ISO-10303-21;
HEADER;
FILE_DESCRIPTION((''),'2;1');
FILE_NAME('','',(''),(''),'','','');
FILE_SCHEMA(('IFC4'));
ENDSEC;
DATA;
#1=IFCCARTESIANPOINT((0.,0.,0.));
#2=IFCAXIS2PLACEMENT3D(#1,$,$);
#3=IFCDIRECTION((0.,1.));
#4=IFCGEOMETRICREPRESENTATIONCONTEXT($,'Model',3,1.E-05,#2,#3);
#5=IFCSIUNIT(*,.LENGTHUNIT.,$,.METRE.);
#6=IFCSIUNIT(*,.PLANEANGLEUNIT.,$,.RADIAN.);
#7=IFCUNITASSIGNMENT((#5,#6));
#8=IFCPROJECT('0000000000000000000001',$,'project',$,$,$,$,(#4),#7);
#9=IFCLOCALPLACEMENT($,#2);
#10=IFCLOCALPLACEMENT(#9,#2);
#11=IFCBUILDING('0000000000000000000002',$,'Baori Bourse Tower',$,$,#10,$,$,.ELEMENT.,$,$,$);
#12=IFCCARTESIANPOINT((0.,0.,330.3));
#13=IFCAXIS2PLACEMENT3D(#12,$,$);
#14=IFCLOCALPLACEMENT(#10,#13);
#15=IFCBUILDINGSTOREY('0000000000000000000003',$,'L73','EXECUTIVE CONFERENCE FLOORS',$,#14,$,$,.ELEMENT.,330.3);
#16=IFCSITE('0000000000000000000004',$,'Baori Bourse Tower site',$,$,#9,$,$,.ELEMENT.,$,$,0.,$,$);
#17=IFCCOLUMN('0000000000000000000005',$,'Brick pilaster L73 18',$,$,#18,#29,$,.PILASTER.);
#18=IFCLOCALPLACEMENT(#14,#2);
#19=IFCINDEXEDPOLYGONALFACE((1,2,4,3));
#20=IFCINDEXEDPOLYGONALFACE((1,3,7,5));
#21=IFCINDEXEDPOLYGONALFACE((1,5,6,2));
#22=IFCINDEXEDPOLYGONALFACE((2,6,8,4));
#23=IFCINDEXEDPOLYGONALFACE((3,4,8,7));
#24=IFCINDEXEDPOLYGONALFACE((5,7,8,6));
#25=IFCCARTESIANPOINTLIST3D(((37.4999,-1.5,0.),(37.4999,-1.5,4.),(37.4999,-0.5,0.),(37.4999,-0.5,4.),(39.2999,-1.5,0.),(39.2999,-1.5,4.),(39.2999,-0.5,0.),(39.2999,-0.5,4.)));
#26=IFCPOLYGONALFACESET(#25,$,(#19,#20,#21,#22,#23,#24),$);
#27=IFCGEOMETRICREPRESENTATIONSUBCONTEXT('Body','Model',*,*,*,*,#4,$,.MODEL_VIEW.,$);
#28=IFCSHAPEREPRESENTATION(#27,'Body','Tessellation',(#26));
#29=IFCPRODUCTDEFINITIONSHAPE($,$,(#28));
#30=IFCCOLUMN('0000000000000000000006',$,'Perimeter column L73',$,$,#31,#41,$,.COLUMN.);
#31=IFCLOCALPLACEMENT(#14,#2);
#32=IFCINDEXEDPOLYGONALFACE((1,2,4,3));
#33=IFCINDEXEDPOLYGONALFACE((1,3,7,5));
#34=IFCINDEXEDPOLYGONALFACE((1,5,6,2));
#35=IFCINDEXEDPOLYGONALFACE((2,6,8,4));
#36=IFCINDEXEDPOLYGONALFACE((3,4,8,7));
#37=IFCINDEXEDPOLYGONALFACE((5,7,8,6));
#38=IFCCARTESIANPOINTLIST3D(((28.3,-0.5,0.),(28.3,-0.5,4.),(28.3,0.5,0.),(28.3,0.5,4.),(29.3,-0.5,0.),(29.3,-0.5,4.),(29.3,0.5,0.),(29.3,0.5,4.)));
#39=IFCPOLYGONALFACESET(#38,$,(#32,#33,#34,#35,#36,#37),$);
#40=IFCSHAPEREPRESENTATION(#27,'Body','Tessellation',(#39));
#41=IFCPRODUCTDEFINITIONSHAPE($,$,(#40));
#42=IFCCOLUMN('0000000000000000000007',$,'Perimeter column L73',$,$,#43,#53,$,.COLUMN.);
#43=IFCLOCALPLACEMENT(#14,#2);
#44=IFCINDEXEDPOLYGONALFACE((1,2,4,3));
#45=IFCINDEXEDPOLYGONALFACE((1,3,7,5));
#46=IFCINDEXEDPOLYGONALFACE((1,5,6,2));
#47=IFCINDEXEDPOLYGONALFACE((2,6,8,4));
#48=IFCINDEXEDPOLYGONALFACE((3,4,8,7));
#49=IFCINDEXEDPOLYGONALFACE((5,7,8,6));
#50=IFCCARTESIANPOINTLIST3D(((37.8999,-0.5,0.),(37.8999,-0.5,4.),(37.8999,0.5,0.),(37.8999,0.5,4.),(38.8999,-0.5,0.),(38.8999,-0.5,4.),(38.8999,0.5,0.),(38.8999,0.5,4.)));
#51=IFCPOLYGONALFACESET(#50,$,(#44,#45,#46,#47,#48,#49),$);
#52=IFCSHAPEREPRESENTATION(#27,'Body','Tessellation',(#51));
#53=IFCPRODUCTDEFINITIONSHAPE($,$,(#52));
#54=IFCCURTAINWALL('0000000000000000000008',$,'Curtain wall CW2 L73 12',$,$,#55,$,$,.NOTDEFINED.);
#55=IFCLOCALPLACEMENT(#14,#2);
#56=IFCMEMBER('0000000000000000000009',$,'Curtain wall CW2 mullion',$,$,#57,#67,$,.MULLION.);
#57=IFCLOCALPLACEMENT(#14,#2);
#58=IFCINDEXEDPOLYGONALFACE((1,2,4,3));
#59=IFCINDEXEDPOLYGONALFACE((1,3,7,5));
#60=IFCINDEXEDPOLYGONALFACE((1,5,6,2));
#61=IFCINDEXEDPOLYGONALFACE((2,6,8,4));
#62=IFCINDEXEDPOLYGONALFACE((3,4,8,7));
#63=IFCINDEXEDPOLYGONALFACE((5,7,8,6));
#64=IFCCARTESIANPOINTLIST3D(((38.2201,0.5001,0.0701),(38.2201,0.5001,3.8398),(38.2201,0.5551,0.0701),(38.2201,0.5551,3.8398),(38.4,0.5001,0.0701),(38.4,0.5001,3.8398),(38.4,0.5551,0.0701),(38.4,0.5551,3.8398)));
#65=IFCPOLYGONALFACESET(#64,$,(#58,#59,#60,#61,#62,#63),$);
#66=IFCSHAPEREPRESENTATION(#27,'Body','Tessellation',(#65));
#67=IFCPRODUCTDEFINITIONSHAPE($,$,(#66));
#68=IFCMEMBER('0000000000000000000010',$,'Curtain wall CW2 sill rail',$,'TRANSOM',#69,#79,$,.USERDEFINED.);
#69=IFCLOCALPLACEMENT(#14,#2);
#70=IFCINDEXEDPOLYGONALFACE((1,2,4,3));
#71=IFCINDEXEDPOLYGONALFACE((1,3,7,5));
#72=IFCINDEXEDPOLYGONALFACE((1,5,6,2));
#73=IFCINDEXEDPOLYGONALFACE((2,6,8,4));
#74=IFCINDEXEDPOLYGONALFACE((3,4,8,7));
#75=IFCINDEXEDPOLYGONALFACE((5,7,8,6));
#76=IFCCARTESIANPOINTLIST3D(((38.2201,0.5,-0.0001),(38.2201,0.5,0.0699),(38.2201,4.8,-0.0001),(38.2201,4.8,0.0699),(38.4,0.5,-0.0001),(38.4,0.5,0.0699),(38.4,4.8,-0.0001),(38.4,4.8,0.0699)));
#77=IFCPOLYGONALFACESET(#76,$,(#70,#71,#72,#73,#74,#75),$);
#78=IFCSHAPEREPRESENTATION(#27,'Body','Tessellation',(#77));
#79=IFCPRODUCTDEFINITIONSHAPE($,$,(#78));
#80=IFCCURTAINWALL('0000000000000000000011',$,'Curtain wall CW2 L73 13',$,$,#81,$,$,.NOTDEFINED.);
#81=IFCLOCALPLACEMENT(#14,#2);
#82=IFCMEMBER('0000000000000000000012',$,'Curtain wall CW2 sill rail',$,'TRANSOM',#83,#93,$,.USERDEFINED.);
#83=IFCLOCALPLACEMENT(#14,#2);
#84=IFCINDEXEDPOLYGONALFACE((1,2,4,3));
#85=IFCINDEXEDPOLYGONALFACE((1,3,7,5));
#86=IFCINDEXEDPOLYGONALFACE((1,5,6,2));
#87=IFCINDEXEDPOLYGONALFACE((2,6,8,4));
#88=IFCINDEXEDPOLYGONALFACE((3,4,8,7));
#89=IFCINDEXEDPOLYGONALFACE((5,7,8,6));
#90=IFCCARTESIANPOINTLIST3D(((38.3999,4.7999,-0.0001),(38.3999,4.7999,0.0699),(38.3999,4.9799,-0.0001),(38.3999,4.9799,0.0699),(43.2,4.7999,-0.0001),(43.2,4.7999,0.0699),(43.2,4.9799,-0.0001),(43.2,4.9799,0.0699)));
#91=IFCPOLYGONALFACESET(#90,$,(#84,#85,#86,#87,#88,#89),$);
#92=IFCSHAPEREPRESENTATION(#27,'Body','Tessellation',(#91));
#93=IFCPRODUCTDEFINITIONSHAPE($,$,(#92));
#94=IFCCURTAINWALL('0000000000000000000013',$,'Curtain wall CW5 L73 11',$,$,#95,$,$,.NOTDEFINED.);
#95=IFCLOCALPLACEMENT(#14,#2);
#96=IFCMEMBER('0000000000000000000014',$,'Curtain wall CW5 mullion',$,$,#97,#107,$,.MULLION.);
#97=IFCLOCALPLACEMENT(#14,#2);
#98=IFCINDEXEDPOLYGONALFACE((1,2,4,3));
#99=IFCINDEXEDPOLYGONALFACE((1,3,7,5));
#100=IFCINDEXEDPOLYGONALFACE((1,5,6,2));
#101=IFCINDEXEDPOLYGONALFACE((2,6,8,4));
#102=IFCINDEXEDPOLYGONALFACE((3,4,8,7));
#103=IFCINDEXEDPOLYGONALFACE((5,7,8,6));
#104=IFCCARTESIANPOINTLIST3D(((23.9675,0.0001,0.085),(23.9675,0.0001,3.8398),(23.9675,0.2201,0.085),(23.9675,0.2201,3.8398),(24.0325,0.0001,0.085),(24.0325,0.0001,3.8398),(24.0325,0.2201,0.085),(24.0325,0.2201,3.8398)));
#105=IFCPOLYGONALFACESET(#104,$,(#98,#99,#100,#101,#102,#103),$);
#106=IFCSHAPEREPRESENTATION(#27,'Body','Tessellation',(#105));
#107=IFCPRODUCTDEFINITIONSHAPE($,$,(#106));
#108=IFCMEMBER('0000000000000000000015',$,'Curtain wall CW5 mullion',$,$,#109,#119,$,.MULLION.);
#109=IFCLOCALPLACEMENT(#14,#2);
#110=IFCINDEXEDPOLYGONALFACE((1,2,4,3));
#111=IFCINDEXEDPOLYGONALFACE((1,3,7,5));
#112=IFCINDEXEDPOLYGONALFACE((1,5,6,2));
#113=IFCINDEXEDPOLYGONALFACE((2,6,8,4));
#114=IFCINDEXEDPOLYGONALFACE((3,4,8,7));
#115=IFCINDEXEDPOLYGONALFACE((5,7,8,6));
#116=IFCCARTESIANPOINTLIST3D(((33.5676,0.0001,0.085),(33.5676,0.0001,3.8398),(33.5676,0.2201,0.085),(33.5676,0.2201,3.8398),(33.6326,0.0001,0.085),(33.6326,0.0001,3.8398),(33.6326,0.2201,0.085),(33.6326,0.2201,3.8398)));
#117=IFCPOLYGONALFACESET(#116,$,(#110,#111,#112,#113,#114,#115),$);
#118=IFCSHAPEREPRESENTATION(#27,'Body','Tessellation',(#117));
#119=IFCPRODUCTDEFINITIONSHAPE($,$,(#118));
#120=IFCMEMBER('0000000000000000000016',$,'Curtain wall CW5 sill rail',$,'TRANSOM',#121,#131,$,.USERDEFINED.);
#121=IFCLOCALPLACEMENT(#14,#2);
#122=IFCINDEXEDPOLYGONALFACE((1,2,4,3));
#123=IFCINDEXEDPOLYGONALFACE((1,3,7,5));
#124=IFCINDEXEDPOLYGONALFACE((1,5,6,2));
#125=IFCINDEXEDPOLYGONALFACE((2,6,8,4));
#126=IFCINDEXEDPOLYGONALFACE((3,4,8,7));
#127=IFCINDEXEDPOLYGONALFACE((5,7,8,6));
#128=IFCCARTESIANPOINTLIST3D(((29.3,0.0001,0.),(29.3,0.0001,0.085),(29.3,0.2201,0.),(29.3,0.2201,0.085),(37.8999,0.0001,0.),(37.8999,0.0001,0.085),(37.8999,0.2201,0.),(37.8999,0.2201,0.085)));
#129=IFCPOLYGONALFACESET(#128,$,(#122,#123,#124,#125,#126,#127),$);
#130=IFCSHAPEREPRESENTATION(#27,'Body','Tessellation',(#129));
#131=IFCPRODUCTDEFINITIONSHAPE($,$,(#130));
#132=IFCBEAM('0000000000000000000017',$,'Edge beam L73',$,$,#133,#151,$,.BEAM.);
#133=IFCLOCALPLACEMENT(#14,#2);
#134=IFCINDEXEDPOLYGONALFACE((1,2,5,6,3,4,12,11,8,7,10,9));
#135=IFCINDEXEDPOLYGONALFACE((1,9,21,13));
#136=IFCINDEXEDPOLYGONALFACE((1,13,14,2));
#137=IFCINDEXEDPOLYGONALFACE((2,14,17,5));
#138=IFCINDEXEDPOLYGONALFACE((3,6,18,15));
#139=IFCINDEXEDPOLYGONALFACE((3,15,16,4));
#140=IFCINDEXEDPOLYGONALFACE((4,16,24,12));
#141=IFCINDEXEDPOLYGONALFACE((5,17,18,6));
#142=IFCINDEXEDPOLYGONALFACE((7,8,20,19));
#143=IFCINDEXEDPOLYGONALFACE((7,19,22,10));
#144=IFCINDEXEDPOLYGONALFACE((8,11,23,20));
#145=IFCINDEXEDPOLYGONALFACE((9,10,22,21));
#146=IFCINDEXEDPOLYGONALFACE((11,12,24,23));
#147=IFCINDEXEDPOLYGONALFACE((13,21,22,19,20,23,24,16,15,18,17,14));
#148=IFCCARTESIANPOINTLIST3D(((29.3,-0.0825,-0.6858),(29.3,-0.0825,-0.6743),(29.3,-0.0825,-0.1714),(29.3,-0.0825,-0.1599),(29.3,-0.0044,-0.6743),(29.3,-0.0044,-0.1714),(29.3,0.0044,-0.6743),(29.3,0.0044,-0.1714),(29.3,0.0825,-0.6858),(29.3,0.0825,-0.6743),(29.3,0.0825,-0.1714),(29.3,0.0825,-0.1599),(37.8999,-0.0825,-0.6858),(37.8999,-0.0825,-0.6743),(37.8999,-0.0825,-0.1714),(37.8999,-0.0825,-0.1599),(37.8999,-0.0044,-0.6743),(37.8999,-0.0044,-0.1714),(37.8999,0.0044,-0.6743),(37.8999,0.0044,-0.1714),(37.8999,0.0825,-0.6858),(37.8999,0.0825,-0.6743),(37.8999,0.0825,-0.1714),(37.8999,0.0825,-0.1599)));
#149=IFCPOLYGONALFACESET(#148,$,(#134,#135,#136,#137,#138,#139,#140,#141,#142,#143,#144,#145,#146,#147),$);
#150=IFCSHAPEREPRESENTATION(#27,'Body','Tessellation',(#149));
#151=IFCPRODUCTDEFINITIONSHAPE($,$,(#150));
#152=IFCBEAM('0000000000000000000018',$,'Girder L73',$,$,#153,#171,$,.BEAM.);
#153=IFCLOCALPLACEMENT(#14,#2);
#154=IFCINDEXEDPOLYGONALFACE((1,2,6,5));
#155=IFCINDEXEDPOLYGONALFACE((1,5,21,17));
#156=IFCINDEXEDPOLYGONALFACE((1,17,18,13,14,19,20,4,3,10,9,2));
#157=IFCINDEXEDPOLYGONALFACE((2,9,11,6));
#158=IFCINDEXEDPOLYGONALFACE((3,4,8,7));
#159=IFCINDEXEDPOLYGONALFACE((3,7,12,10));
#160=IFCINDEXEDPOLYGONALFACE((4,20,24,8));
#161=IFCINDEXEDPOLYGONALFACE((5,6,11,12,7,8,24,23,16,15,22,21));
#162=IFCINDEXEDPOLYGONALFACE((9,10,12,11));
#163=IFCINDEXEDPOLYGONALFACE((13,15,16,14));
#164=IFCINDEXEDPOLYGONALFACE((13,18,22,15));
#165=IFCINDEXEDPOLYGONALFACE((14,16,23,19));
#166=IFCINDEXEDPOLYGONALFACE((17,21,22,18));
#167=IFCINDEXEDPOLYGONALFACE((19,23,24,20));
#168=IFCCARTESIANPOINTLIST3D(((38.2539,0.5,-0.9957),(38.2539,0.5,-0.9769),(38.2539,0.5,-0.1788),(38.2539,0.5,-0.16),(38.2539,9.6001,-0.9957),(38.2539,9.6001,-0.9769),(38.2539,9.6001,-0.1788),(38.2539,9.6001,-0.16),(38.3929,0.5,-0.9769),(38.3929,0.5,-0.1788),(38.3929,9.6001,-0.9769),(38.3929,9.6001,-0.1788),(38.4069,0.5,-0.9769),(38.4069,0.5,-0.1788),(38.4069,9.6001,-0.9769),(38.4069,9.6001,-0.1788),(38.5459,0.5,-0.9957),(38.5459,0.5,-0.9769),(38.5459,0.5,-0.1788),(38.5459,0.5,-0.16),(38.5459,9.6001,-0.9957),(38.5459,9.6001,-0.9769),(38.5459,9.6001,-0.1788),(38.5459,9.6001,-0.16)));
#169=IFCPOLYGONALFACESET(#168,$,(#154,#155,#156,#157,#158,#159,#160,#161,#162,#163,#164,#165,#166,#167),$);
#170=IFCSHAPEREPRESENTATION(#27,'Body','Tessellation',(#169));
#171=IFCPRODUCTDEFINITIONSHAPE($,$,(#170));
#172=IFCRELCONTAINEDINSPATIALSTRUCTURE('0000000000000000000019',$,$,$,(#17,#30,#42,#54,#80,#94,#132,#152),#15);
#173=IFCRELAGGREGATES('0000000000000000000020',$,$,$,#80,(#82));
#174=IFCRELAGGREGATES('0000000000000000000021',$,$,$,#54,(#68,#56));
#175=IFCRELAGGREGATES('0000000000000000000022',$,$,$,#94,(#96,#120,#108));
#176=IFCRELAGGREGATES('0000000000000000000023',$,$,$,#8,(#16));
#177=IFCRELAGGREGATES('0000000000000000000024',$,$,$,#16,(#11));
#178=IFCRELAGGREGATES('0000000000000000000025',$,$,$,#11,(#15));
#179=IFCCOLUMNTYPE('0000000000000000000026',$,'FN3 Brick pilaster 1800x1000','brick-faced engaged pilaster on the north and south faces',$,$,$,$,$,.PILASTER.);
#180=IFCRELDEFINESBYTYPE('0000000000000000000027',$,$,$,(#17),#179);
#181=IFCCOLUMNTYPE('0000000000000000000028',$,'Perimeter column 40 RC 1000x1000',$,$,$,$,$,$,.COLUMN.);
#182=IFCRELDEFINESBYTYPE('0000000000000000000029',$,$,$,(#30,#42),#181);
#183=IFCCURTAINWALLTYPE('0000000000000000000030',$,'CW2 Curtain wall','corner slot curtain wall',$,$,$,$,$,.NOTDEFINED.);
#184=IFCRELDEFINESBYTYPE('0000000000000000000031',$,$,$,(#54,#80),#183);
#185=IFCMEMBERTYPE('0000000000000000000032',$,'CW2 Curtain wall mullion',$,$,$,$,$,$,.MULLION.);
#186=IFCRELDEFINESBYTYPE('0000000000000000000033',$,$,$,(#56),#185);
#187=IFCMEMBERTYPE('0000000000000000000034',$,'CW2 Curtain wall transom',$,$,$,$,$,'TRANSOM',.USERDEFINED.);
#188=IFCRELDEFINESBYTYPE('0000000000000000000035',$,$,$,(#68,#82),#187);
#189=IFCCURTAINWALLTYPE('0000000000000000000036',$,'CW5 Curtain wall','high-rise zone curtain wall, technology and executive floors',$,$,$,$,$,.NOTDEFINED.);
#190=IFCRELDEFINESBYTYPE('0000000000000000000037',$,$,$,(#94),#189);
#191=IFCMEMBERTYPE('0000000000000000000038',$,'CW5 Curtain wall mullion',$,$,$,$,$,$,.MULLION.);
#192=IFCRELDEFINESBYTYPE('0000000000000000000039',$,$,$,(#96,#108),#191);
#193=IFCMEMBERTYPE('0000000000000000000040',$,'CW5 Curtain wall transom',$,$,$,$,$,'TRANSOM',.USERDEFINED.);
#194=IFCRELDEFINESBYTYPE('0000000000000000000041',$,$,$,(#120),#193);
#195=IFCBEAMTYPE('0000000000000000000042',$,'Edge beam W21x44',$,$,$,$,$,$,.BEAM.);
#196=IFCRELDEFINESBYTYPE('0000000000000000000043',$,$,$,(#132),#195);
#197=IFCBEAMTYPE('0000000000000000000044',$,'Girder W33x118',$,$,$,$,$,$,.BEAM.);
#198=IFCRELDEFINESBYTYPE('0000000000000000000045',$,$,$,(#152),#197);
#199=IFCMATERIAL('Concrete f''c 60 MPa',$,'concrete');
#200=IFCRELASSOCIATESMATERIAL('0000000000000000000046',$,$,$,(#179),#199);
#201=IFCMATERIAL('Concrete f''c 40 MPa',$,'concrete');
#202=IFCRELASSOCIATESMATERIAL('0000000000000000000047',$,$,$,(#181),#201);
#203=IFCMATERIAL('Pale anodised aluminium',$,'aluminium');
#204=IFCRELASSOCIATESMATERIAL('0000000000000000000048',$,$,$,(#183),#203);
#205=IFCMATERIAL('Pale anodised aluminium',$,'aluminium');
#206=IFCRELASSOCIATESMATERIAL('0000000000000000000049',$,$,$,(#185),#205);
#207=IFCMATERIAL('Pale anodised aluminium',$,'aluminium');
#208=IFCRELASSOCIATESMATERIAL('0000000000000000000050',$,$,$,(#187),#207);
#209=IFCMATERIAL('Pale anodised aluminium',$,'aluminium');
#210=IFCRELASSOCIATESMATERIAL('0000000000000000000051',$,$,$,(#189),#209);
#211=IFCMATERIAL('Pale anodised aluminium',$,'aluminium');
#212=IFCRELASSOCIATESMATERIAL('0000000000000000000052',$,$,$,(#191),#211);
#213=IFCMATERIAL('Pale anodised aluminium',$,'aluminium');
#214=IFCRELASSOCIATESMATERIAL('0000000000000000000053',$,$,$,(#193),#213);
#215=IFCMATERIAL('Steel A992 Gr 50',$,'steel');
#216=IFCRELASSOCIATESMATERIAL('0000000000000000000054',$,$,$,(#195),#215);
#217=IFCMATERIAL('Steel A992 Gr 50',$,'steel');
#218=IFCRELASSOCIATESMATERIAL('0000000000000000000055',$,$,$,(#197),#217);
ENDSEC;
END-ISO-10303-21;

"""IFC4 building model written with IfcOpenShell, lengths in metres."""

from ifc_helpers import new_model, si_unit, direction, frame, origin, origin_2d, place, context, subcontext, project, spatial, rectangle, i_section, extrude, material, material_profile, profile_set, type_object, element, aggregate, save


model = new_model("IFC4")

# Units and contexts
model_context = context("Model", 3, precision=1e-05, world=origin(), true_north=direction((0.0, 1.0)))
body_context = subcontext(model_context, "Body", "Model", "MODEL_VIEW")
ifc_project = project(units=[si_unit("LENGTHUNIT", "METRE"), si_unit("PLANEANGLEUNIT", "RADIAN")], contexts=[model_context])

# Site, building, storey
site_placement = place(None, origin())
site = spatial("IfcSite", under=ifc_project, at=site_placement, Name="Baori Bourse Tower site", CompositionType="ELEMENT", RefElevation=0.0)
building_placement = place(site_placement, origin())
building = spatial("IfcBuilding", under=site, at=building_placement, Name="Baori Bourse Tower", CompositionType="ELEMENT")
storey_placement = place(building_placement, frame((0.0, 0.0, 330.3)))
storey = spatial("IfcBuildingStorey", under=building, at=storey_placement, Name="L73", Description="EXECUTIVE CONFERENCE FLOORS", CompositionType="ELEMENT", Elevation=330.3)

# Columns
ifc_material_1 = material(Name="Concrete f'c 60 MPa", Category="concrete")
ifc_material_profile_1 = material_profile(ifc_material_1, rectangle(XDim=1.8, YDim=1.0, at=origin_2d()), Name="RC 1800x1000")
ifc_profile_set_1 = profile_set([ifc_material_profile_1], Name="Concrete f'c 60 MPa")
column_type_1 = type_object("IfcColumnType", Name="FN3 Brick pilaster 1800x1000", Description="brick-faced engaged pilaster on the north and south faces", PredefinedType="PILASTER", material=ifc_profile_set_1)
column_placement = place(storey_placement, frame((38.3999, -1.0, 0.0), z_axis=(0.0, 0.0, 1.0), x_axis=(1.0, 0.0, 0.0)))
element("IfcColumn", 1, at=column_placement, inside=storey, type_object=column_type_1, Name="Brick pilaster L73 18", PredefinedType="PILASTER", context=body_context, shape_type="SweptSolid", body=[
    extrude(rectangle(XDim=1.8, YDim=1.0, at=origin_2d()), origin(), (0.0, 0.0, 1.0), 4.0),
])
ifc_material_2 = material(Name="Concrete f'c 40 MPa", Category="concrete")
ifc_material_profile_2 = material_profile(ifc_material_2, rectangle(XDim=1.0, YDim=1.0, at=origin_2d()), Name="RC 1000x1000")
ifc_profile_set_2 = profile_set([ifc_material_profile_2], Name="Concrete f'c 40 MPa")
column_type_2 = type_object("IfcColumnType", Name="Perimeter column 40 RC 1000x1000", PredefinedType="COLUMN", material=ifc_profile_set_2)
for number, where, z_axis, x_axis, name in (
    (2, (28.8, 0.0, 0.0), (0.0, 0.0, 1.0), (1.0, 0.0, 0.0), "Perimeter column L73"),
    (3, (38.3999, 0.0, 0.0), (0.0, 0.0, 1.0), (1.0, 0.0, 0.0), "Perimeter column L73"),
):
    element("IfcColumn", number, at=place(storey_placement, frame(where, z_axis=z_axis, x_axis=x_axis)), inside=storey, type_object=column_type_2, Name=name, PredefinedType="COLUMN", context=body_context, shape_type="SweptSolid", body=[
        extrude(rectangle(XDim=1.0, YDim=1.0, at=origin_2d()), origin(), (0.0, 0.0, 1.0), 4.0),
    ])

# Curtain wall, members
ifc_material_3 = material(Name="Pale anodised aluminium", Category="aluminium")
curtain_wall_type_1 = type_object("IfcCurtainWallType", Name="CW2 Curtain wall", Description="corner slot curtain wall", PredefinedType="NOTDEFINED", material=ifc_material_3)
curtain_wall_1_placement = place(storey_placement, origin())
curtain_wall_1 = element("IfcCurtainWall", 4, at=curtain_wall_1_placement, inside=storey, type_object=curtain_wall_type_1, Name="Curtain wall CW2 L73 12", PredefinedType="NOTDEFINED")
ifc_material_4 = material(Name="Pale anodised aluminium", Category="aluminium")
ifc_material_profile_3 = material_profile(ifc_material_4, rectangle(XDim=0.1799, YDim=0.0549, at=origin_2d()), Name="Mullion 55x180")
ifc_profile_set_3 = profile_set([ifc_material_profile_3], Name="Pale anodised aluminium")
member_type_1 = type_object("IfcMemberType", Name="CW2 Curtain wall mullion", PredefinedType="MULLION", material=ifc_profile_set_3)
member_1_placement = place(storey_placement, frame((38.3101, 0.5276, 0.0701), z_axis=(0.0, 0.0, 1.0), x_axis=(-1.0, 0.0, 0.0)))
member_1 = element("IfcMember", 5, at=member_1_placement, type_object=member_type_1, Name="Curtain wall CW2 mullion", PredefinedType="MULLION", context=body_context, shape_type="SweptSolid", body=[
    extrude(rectangle(XDim=0.1799, YDim=0.0549, at=origin_2d()), origin(), (0.0, 0.0, 1.0), 3.7698),
])
ifc_material_5 = material(Name="Pale anodised aluminium", Category="aluminium")
ifc_material_profile_4 = material_profile(ifc_material_5, rectangle(XDim=0.1799, YDim=0.0701, at=origin_2d()), Name="Transom 70x180")
ifc_profile_set_4 = profile_set([ifc_material_profile_4], Name="Pale anodised aluminium")
member_type_2 = type_object("IfcMemberType", Name="CW2 Curtain wall transom", ElementType="TRANSOM", PredefinedType="USERDEFINED", material=ifc_profile_set_4)
member_2_placement = place(storey_placement, frame((38.3101, 0.5, 0.0349), z_axis=(0.0, 1.0, 0.0), x_axis=(-1.0, 0.0, 0.0)))
member_2 = element("IfcMember", 6, at=member_2_placement, type_object=member_type_2, Name="Curtain wall CW2 sill rail", ObjectType="TRANSOM", PredefinedType="USERDEFINED", context=body_context, shape_type="SweptSolid", body=[
    extrude(rectangle(XDim=0.1799, YDim=0.0701, at=origin_2d()), origin(), (0.0, 0.0, 1.0), 4.3),
])

# Curtain wall, member
curtain_wall_2_placement = place(storey_placement, origin())
curtain_wall_2 = element("IfcCurtainWall", 7, at=curtain_wall_2_placement, inside=storey, type_object=curtain_wall_type_1, Name="Curtain wall CW2 L73 13", PredefinedType="NOTDEFINED")
member_3_placement = place(storey_placement, frame((38.3999, 4.8899, 0.0349), z_axis=(1.0, 0.0, 0.0), x_axis=(0.0, 1.0, 0.0)))
member_3 = element("IfcMember", 8, at=member_3_placement, type_object=member_type_2, Name="Curtain wall CW2 sill rail", ObjectType="TRANSOM", PredefinedType="USERDEFINED", context=body_context, shape_type="SweptSolid", body=[
    extrude(rectangle(XDim=0.1799, YDim=0.0701, at=origin_2d()), origin(), (0.0, 0.0, 1.0), 4.8),
])
aggregate(curtain_wall_2, [member_3])

# Curtain wall, members
ifc_material_6 = material(Name="Pale anodised aluminium", Category="aluminium")
curtain_wall_type_2 = type_object("IfcCurtainWallType", Name="CW5 Curtain wall", Description="high-rise zone curtain wall, technology and executive floors", PredefinedType="NOTDEFINED", material=ifc_material_6)
curtain_wall_3_placement = place(storey_placement, origin())
curtain_wall_3 = element("IfcCurtainWall", 9, at=curtain_wall_3_placement, inside=storey, type_object=curtain_wall_type_2, Name="Curtain wall CW5 L73 11", PredefinedType="NOTDEFINED")
ifc_material_7 = material(Name="Pale anodised aluminium", Category="aluminium")
ifc_material_profile_5 = material_profile(ifc_material_7, rectangle(XDim=0.22, YDim=0.0649, at=origin_2d()), Name="Mullion 65x220")
ifc_profile_set_5 = profile_set([ifc_material_profile_5], Name="Pale anodised aluminium")
member_type_3 = type_object("IfcMemberType", Name="CW5 Curtain wall mullion", PredefinedType="MULLION", material=ifc_profile_set_5)
member_4_placement = place(storey_placement, frame((24.0, 0.1101, 0.085), z_axis=(0.0, 0.0, 1.0), x_axis=(0.0, 1.0, 0.0)))
member_4 = element("IfcMember", 10, at=member_4_placement, type_object=member_type_3, Name="Curtain wall CW5 mullion", PredefinedType="MULLION", context=body_context, shape_type="SweptSolid", body=[
    extrude(rectangle(XDim=0.22, YDim=0.0649, at=origin_2d()), origin(), (0.0, 0.0, 1.0), 3.7549),
])
member_5_placement = place(storey_placement, frame((33.6001, 0.1101, 0.085), z_axis=(0.0, 0.0, 1.0), x_axis=(0.0, 1.0, 0.0)))
member_5 = element("IfcMember", 11, at=member_5_placement, type_object=member_type_3, Name="Curtain wall CW5 mullion", PredefinedType="MULLION", context=body_context, shape_type="SweptSolid", body=[
    extrude(rectangle(XDim=0.22, YDim=0.0649, at=origin_2d()), origin(), (0.0, 0.0, 1.0), 3.7549),
])
ifc_material_8 = material(Name="Pale anodised aluminium", Category="aluminium")
ifc_material_profile_6 = material_profile(ifc_material_8, rectangle(XDim=0.22, YDim=0.085, at=origin_2d()), Name="Transom 85x220")
ifc_profile_set_6 = profile_set([ifc_material_profile_6], Name="Pale anodised aluminium")
member_type_4 = type_object("IfcMemberType", Name="CW5 Curtain wall transom", ElementType="TRANSOM", PredefinedType="USERDEFINED", material=ifc_profile_set_6)
member_6_placement = place(storey_placement, frame((29.3, 0.1101, 0.0425), z_axis=(1.0, 0.0, 0.0), x_axis=(0.0, 1.0, 0.0)))
member_6 = element("IfcMember", 12, at=member_6_placement, type_object=member_type_4, Name="Curtain wall CW5 sill rail", ObjectType="TRANSOM", PredefinedType="USERDEFINED", context=body_context, shape_type="SweptSolid", body=[
    extrude(rectangle(XDim=0.22, YDim=0.085, at=origin_2d()), origin(), (0.0, 0.0, 1.0), 8.5999),
])

# Beams
ifc_material_9 = material(Name="Steel A992 Gr 50", Category="steel")
ifc_material_profile_7 = material_profile(ifc_material_9, i_section(OverallWidth=0.165, OverallDepth=0.5259, WebThickness=0.0088, FlangeThickness=0.0115, at=origin_2d()), Name="W21x44")
ifc_profile_set_7 = profile_set([ifc_material_profile_7], Name="Steel A992 Gr 50")
beam_type_1 = type_object("IfcBeamType", Name="Edge beam W21x44", PredefinedType="BEAM", material=ifc_profile_set_7)
beam_1_placement = place(storey_placement, frame((29.3, 0.0, -0.4229), z_axis=(1.0, 0.0, 0.0), x_axis=(0.0, 1.0, 0.0)))
element("IfcBeam", 13, at=beam_1_placement, inside=storey, type_object=beam_type_1, Name="Edge beam L73", PredefinedType="BEAM", context=body_context, shape_type="SweptSolid", body=[
    extrude(i_section(OverallWidth=0.165, OverallDepth=0.5259, WebThickness=0.0088, FlangeThickness=0.0115, at=origin_2d()), origin(), (0.0, 0.0, 1.0), 8.5999),
])
ifc_material_10 = material(Name="Steel A992 Gr 50", Category="steel")
ifc_material_profile_8 = material_profile(ifc_material_10, i_section(OverallWidth=0.292, OverallDepth=0.8357, WebThickness=0.0139, FlangeThickness=0.0188, at=origin_2d()), Name="W33x118")
ifc_profile_set_8 = profile_set([ifc_material_profile_8], Name="Steel A992 Gr 50")
beam_type_2 = type_object("IfcBeamType", Name="Girder W33x118", PredefinedType="BEAM", material=ifc_profile_set_8)
beam_2_placement = place(storey_placement, frame((38.3999, 0.5, -0.5779), z_axis=(0.0, 1.0, 0.0), x_axis=(-1.0, 0.0, 0.0)))
element("IfcBeam", 14, at=beam_2_placement, inside=storey, type_object=beam_type_2, Name="Girder L73", PredefinedType="BEAM", context=body_context, shape_type="SweptSolid", body=[
    extrude(i_section(OverallWidth=0.292, OverallDepth=0.8357, WebThickness=0.0139, FlangeThickness=0.0188, at=origin_2d()), origin(), (0.0, 0.0, 1.0), 9.1001),
])

aggregate(curtain_wall_1, [member_2, member_1])
aggregate(curtain_wall_3, [member_4, member_6, member_5])

save(model, "model.ifc")
